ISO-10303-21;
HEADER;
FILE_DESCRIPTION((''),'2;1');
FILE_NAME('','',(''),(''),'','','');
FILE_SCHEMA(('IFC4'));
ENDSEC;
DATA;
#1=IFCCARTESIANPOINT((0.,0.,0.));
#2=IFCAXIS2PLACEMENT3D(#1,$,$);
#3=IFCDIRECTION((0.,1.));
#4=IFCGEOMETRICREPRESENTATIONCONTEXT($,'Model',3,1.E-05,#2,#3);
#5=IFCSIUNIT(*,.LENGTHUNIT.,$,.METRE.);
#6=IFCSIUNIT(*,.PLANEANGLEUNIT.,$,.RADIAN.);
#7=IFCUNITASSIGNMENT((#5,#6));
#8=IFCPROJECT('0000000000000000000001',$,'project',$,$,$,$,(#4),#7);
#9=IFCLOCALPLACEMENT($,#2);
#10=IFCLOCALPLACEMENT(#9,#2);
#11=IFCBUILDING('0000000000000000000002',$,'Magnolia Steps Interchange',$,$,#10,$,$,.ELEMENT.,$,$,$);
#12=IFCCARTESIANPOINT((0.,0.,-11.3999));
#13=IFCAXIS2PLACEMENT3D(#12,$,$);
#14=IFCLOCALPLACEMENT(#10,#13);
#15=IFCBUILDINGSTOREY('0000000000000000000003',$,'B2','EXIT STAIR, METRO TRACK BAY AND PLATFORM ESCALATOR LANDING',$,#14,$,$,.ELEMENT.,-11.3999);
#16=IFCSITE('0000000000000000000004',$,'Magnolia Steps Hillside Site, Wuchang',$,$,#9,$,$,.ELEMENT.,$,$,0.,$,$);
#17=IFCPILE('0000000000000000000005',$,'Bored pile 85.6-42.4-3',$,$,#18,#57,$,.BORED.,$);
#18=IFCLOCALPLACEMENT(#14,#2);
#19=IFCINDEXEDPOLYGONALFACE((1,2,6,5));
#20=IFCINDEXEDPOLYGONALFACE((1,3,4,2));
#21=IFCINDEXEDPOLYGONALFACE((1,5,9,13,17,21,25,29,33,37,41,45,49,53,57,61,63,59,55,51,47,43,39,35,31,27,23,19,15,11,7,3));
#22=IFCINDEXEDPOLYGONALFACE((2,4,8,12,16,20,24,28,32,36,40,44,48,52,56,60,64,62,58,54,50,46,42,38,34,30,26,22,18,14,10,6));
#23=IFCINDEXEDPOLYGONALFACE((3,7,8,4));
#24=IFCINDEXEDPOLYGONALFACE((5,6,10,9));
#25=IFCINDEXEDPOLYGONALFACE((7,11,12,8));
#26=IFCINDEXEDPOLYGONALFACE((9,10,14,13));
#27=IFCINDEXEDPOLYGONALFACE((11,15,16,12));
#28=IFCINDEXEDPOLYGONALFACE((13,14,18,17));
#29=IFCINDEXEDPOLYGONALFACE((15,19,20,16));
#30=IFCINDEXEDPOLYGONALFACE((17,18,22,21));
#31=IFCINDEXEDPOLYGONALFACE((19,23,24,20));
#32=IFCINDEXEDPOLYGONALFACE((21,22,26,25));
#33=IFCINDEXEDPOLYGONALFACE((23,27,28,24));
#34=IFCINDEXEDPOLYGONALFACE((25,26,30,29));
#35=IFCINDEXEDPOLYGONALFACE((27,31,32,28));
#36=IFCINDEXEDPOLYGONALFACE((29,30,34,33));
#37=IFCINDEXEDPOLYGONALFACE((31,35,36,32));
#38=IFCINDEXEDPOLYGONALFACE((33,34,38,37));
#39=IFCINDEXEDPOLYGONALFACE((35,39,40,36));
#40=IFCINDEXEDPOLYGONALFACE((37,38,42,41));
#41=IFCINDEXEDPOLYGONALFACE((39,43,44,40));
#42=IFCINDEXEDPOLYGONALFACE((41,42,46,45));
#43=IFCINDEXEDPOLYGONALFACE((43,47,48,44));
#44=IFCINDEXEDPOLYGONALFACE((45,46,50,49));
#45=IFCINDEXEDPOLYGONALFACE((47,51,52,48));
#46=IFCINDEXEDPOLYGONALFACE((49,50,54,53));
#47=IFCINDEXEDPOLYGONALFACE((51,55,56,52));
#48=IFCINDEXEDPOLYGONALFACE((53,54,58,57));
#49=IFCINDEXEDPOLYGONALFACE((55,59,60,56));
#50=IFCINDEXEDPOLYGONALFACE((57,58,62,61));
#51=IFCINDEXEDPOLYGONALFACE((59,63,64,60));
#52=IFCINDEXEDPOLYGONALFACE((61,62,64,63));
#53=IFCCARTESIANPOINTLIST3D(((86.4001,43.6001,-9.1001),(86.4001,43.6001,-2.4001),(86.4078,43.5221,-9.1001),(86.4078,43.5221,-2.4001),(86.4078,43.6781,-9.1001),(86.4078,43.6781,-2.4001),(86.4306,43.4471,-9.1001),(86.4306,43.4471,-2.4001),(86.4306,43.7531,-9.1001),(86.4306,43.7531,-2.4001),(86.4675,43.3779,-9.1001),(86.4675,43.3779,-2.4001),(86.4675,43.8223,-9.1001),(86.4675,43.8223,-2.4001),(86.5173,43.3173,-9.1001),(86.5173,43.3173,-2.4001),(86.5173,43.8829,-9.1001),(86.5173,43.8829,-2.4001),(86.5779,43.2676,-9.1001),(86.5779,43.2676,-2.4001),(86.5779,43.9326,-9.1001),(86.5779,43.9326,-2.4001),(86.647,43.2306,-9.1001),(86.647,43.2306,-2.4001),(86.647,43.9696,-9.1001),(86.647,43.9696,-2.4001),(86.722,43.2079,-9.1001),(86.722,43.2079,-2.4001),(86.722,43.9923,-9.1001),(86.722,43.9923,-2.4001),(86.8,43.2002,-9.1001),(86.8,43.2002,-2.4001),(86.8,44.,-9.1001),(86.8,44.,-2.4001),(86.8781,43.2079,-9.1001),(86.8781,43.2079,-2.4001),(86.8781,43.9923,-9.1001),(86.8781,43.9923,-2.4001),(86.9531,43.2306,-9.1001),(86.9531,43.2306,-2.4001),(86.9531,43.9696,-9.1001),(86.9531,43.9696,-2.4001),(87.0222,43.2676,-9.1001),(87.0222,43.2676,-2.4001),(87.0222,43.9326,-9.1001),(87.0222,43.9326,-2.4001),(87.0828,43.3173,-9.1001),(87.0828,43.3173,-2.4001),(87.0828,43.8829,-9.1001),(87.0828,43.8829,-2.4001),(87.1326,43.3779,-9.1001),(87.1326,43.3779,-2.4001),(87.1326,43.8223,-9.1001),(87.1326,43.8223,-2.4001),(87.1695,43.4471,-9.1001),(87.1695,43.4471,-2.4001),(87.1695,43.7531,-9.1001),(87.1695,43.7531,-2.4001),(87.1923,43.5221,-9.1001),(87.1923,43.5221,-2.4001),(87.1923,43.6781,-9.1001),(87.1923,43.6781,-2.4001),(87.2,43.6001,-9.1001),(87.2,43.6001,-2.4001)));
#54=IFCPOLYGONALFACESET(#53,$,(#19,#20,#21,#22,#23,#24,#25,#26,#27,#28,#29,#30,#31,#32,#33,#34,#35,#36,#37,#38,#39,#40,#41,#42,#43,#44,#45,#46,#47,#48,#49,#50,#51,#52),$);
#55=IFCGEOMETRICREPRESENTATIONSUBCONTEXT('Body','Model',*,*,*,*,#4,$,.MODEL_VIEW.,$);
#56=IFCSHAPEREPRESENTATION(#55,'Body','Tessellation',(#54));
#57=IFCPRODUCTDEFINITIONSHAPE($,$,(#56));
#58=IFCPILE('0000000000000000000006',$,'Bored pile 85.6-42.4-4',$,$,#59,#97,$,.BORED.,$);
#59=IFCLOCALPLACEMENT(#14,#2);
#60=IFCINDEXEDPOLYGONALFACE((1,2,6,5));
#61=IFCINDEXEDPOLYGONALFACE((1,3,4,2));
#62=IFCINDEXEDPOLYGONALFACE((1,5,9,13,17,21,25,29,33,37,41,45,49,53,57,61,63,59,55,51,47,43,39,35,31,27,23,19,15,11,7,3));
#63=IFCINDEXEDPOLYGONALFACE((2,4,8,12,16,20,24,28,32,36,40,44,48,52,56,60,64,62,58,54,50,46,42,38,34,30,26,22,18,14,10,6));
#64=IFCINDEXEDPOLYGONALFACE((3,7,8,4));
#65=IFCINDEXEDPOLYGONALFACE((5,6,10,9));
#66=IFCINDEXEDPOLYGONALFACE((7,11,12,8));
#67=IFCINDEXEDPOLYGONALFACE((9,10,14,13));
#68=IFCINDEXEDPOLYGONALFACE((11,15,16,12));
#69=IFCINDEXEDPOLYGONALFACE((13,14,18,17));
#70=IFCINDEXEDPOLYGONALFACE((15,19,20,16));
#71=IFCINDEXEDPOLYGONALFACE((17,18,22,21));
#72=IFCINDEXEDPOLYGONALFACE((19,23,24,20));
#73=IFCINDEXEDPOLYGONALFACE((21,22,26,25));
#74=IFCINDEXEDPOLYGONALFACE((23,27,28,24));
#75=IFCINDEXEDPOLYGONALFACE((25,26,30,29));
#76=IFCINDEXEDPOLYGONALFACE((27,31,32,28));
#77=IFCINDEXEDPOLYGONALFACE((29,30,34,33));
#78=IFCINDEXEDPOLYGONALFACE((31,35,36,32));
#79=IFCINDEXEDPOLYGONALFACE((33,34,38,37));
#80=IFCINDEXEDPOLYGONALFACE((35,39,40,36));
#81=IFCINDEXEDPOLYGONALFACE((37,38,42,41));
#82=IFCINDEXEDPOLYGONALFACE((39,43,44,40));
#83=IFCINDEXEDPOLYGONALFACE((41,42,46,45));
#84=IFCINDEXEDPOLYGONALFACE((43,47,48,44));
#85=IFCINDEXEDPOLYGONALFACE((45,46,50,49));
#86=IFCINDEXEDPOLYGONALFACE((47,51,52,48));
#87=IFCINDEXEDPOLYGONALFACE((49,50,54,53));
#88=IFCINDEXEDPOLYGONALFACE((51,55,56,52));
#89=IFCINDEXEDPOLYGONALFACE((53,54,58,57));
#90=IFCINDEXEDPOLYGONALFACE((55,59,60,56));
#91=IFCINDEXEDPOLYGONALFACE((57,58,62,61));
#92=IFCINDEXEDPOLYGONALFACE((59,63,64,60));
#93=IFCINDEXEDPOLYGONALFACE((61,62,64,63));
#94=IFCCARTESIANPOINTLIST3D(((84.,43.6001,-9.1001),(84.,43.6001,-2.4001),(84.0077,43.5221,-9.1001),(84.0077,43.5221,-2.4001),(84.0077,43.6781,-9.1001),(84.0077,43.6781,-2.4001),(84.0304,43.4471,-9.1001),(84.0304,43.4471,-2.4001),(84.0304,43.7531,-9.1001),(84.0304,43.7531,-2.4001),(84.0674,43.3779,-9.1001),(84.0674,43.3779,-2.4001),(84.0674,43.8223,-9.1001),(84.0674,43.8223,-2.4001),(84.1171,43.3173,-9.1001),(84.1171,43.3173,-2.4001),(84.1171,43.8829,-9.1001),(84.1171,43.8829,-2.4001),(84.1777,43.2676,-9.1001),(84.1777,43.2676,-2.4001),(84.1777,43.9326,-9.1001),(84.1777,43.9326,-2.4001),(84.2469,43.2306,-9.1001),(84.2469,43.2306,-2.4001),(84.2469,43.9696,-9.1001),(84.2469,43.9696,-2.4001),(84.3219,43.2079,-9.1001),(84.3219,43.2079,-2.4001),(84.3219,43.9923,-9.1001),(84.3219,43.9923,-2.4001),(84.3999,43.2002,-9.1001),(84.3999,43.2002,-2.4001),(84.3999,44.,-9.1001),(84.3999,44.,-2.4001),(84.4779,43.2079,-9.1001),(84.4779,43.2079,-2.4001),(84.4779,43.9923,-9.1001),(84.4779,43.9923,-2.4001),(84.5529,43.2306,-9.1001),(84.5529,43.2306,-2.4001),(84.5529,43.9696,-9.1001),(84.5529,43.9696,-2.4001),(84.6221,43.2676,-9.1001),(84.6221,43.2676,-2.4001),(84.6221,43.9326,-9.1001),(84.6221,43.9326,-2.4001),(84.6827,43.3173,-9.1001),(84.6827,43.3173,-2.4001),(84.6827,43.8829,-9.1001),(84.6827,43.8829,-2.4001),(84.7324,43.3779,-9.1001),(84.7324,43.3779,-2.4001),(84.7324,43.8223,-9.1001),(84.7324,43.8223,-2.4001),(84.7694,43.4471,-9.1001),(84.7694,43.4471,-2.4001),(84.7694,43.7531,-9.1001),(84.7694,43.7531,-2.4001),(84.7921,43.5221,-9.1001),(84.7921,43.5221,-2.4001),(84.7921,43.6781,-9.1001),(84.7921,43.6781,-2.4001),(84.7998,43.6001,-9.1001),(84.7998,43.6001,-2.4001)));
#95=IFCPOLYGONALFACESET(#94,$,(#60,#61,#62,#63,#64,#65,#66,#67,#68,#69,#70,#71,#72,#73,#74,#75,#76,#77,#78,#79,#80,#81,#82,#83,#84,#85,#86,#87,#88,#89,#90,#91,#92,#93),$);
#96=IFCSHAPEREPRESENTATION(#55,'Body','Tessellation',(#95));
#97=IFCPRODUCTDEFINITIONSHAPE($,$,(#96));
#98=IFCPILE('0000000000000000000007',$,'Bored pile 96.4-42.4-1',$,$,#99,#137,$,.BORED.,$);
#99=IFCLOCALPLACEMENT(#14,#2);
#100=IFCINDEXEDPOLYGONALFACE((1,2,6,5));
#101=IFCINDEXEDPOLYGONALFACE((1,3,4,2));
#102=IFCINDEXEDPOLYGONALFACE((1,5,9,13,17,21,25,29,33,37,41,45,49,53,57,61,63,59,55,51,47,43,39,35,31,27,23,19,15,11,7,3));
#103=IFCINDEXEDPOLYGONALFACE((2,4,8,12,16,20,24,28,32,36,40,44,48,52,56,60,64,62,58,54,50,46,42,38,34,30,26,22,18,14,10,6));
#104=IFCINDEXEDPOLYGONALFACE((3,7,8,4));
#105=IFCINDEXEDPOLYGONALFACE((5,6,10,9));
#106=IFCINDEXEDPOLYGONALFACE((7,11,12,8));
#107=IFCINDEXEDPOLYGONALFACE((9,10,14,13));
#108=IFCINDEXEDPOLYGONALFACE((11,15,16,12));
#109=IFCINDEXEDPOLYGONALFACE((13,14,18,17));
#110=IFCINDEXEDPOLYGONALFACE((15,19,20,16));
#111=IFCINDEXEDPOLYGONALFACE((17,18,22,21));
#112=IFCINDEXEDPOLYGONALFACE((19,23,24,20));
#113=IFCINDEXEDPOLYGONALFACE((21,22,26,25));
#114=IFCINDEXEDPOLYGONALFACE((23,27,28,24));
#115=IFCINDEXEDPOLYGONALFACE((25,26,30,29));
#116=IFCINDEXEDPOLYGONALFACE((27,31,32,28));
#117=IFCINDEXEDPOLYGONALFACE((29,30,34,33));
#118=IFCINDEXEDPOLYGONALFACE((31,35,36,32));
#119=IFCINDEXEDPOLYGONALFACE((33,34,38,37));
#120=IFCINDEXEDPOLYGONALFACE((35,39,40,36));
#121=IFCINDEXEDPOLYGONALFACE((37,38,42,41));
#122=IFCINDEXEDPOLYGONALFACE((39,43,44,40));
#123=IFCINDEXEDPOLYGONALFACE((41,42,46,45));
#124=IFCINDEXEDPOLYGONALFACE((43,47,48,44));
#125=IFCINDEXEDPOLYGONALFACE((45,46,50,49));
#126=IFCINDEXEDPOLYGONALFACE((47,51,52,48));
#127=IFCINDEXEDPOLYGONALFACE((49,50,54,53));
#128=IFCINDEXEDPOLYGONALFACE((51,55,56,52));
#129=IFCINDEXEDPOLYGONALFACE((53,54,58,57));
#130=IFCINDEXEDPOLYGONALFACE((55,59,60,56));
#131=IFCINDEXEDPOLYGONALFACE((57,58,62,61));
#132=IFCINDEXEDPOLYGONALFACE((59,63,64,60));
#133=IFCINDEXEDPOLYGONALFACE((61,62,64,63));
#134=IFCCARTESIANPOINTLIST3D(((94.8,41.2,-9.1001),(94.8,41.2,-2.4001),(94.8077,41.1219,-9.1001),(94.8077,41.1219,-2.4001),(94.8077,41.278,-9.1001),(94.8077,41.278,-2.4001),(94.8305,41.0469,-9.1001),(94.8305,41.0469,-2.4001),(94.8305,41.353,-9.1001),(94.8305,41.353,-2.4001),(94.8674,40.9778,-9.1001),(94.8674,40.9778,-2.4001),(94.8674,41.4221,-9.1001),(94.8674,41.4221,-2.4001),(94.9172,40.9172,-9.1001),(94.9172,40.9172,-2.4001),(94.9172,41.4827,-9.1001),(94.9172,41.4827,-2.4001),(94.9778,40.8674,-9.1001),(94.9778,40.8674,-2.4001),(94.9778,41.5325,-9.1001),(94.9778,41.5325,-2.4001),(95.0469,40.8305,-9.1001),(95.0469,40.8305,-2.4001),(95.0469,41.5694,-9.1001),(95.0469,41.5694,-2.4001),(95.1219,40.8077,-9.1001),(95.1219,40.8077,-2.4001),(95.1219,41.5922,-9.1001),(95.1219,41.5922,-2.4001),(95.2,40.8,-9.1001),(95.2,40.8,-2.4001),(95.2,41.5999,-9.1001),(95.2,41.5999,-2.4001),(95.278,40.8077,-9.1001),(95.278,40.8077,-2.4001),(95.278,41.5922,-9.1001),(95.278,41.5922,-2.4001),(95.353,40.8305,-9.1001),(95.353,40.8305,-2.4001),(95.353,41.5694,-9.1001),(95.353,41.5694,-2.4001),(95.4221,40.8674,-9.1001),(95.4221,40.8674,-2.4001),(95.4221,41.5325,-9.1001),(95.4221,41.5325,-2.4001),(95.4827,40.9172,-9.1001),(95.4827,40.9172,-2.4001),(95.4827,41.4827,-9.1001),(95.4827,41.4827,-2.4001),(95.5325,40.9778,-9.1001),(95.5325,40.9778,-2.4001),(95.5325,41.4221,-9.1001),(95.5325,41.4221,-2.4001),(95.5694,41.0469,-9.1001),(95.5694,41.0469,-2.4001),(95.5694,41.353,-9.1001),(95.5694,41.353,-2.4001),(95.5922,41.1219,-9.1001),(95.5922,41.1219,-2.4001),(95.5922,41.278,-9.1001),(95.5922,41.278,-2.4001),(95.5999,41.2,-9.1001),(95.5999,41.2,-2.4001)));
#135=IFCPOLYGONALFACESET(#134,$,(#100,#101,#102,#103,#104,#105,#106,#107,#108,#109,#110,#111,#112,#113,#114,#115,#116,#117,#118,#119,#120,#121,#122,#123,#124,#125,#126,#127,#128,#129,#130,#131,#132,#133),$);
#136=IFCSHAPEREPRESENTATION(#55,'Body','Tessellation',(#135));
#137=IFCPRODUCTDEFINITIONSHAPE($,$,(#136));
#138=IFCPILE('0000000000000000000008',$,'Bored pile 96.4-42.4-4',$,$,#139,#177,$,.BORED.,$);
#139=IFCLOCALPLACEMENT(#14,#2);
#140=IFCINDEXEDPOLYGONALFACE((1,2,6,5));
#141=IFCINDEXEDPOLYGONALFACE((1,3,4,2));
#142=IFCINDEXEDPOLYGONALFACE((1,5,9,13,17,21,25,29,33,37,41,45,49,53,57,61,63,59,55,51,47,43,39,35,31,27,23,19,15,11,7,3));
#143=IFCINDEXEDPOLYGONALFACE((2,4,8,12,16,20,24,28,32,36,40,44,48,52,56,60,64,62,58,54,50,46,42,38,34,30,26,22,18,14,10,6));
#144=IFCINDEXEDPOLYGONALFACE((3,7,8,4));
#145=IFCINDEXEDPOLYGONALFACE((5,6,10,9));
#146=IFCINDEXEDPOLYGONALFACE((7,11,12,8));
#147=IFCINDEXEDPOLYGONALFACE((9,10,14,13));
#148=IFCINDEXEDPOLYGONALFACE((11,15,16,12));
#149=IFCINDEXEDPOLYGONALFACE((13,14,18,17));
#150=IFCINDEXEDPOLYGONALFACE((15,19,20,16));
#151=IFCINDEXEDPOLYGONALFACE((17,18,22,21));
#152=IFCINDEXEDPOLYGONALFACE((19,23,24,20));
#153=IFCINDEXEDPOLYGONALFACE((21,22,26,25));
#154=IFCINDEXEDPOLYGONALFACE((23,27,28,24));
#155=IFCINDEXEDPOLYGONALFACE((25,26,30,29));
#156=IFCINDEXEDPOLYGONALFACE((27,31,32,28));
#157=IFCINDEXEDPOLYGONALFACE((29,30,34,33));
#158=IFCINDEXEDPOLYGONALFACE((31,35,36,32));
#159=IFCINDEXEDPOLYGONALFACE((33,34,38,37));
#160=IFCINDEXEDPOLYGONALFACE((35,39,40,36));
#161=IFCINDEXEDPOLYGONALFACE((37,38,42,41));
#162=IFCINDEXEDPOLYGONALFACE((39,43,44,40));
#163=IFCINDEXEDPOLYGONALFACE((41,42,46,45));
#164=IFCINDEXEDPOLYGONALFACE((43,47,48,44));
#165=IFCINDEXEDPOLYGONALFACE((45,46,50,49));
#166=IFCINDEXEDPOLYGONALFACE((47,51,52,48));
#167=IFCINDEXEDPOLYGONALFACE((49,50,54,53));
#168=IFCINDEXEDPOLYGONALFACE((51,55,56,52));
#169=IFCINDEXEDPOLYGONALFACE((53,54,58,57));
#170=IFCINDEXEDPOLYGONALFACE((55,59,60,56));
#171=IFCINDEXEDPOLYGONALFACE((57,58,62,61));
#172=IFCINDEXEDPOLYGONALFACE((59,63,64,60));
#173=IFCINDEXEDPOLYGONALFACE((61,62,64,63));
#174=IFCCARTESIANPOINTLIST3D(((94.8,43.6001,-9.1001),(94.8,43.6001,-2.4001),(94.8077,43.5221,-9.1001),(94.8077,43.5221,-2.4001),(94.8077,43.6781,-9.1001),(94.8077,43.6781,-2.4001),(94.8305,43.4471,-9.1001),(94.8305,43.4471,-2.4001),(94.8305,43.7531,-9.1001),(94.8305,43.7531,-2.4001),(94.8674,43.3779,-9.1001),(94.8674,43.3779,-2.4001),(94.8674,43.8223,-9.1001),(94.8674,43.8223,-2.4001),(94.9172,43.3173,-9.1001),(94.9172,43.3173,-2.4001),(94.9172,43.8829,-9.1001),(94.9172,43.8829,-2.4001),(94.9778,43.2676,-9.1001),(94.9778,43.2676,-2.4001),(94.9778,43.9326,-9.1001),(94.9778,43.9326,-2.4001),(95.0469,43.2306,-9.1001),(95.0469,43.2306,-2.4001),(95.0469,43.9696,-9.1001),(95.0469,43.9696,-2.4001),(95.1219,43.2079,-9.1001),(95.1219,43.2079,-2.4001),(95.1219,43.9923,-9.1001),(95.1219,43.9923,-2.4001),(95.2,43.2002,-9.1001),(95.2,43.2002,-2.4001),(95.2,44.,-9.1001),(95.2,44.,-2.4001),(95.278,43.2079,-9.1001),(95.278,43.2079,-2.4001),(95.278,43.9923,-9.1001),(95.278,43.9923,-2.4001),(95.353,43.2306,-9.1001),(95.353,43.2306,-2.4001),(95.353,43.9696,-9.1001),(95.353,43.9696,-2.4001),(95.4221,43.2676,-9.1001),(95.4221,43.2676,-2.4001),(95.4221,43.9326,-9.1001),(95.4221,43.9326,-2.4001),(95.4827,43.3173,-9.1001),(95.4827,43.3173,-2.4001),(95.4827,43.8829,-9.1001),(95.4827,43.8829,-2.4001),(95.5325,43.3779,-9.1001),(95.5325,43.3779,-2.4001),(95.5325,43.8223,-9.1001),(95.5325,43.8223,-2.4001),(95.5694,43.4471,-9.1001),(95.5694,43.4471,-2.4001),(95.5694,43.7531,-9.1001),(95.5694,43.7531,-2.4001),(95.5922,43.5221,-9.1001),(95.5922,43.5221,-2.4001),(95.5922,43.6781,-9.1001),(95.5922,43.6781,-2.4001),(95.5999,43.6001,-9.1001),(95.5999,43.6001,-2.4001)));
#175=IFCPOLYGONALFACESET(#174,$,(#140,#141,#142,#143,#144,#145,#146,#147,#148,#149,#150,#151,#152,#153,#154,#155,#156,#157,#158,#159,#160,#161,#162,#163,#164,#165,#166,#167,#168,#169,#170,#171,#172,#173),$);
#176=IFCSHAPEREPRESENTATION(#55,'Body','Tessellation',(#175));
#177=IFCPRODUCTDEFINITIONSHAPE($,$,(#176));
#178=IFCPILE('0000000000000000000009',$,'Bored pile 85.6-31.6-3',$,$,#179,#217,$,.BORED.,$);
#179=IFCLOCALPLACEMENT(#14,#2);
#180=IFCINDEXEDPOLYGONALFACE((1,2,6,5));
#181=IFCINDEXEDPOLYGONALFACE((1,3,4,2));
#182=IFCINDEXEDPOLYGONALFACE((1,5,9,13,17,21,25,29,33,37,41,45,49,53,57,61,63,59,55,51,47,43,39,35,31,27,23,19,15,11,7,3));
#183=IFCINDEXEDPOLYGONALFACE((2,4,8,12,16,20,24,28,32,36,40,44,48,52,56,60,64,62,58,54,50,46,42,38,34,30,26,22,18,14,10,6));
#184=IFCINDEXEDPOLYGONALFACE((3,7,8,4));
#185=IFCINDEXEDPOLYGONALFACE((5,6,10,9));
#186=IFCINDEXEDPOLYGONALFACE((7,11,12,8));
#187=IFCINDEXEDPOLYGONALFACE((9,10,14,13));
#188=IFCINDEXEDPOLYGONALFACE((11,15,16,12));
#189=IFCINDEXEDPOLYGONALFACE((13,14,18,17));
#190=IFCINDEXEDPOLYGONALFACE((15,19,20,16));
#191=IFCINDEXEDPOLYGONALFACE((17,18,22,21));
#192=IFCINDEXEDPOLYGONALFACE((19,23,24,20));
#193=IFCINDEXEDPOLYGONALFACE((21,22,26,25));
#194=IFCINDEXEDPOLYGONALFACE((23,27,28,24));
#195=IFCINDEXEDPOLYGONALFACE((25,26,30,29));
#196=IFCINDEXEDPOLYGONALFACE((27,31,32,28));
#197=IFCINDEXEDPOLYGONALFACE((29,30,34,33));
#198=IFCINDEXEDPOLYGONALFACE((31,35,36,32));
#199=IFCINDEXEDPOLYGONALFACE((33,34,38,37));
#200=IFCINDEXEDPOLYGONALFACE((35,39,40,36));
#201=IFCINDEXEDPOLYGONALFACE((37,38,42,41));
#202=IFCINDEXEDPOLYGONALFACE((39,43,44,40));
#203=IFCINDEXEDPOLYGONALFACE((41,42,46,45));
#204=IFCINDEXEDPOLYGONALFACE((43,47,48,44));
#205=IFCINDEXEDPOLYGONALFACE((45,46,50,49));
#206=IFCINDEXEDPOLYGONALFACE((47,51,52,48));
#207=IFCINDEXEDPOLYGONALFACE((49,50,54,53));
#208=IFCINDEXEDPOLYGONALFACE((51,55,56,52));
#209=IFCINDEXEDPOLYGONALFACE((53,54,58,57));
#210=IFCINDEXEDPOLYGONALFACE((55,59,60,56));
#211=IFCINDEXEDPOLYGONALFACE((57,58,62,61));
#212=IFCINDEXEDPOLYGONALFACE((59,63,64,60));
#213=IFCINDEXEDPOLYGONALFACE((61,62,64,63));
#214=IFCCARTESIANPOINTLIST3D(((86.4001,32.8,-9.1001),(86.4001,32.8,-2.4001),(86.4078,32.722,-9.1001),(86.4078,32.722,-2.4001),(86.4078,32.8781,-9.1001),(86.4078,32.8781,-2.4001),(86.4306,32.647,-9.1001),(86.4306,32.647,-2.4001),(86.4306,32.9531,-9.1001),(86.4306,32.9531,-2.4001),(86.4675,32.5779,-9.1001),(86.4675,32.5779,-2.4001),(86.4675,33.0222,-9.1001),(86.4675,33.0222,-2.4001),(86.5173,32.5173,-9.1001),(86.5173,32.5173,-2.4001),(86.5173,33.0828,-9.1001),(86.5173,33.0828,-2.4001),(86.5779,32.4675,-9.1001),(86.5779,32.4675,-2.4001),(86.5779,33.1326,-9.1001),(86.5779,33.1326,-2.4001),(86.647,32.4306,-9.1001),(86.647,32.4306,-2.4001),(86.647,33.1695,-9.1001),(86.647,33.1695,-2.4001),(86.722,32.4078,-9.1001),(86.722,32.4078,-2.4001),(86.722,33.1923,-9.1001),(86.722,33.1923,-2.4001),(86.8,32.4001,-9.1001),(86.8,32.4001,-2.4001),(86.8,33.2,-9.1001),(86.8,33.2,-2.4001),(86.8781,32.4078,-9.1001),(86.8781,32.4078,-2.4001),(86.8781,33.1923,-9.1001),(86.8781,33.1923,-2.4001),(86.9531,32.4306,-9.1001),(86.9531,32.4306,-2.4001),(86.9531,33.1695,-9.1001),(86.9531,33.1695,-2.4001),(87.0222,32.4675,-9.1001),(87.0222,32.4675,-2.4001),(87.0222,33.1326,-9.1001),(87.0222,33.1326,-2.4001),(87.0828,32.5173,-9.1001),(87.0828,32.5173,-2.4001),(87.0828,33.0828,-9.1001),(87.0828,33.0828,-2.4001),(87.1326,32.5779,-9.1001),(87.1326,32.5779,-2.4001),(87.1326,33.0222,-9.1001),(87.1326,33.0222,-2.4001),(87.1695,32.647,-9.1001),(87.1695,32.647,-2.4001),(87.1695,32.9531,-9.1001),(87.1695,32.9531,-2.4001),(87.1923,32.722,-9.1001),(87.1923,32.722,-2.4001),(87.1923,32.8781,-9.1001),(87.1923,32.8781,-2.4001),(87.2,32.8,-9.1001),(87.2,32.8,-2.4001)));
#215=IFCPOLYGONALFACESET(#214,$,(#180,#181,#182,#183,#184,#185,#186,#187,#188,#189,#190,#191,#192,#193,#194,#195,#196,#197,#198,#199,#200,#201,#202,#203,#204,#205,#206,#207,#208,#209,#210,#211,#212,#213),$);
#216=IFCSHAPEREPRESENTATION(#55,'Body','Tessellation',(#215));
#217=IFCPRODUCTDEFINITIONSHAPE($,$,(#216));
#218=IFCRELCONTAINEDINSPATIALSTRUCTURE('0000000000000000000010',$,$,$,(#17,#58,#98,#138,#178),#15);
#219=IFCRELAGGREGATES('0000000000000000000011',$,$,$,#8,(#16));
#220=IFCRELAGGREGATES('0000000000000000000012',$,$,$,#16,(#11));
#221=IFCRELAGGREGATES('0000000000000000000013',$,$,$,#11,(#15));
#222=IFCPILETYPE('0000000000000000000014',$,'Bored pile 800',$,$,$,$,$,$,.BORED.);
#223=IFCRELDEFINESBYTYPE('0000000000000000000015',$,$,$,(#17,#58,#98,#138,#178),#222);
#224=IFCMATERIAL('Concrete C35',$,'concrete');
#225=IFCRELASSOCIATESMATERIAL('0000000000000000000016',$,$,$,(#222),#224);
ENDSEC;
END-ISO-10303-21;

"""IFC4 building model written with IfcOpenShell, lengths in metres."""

from ifc_helpers import new_model, si_unit, direction, frame, origin, origin_2d, place, context, subcontext, project, spatial, circle, extrude, material, material_profile, profile_set, type_object, element, save


model = new_model("IFC4")

# Units and contexts
model_context = context("Model", 3, precision=1e-05, world=origin(), true_north=direction((0.0, 1.0)))
body_context = subcontext(model_context, "Body", "Model", "MODEL_VIEW")
ifc_project = project(units=[si_unit("LENGTHUNIT", "METRE"), si_unit("PLANEANGLEUNIT", "RADIAN")], contexts=[model_context])

# Site, building, storey
site_placement = place(None, origin())
site = spatial("IfcSite", under=ifc_project, at=site_placement, Name="Magnolia Steps Hillside Site, Wuchang", CompositionType="ELEMENT", RefElevation=0.0)
building_placement = place(site_placement, origin())
building = spatial("IfcBuilding", under=site, at=building_placement, Name="Magnolia Steps Interchange", CompositionType="ELEMENT")
storey_placement = place(building_placement, frame((0.0, 0.0, -11.3999)))
storey = spatial("IfcBuildingStorey", under=building, at=storey_placement, Name="B2", Description="EXIT STAIR, METRO TRACK BAY AND PLATFORM ESCALATOR LANDING", CompositionType="ELEMENT", Elevation=-11.3999)

# Piles
ifc_material_1 = material(Name="Concrete C35", Category="concrete")
ifc_material_profile_1 = material_profile(ifc_material_1, circle(Radius=0.3999, at=origin_2d()), Name="Bored pile 800")
ifc_profile_set_1 = profile_set([ifc_material_profile_1], Name="Concrete C35")
pile_type_1 = type_object("IfcPileType", Name="Bored pile 800", PredefinedType="BORED", material=ifc_profile_set_1)
for number, where, z_axis, x_axis, name in (
    (1, (86.8, 43.6001, -2.4001), (0.0, 0.0, -1.0), (1.0, 0.0, 0.0), "Bored pile 85.6-42.4-3"),
    (2, (84.3999, 43.6001, -2.4001), (0.0, 0.0, -1.0), (1.0, 0.0, 0.0), "Bored pile 85.6-42.4-4"),
    (3, (95.2, 41.2, -2.4001), (0.0, 0.0, -1.0), (1.0, 0.0, 0.0), "Bored pile 96.4-42.4-1"),
    (4, (95.2, 43.6001, -2.4001), (0.0, 0.0, -1.0), (1.0, 0.0, 0.0), "Bored pile 96.4-42.4-4"),
    (5, (86.8, 32.8, -2.4001), (0.0, 0.0, -1.0), (1.0, 0.0, 0.0), "Bored pile 85.6-31.6-3"),
):
    element("IfcPile", number, at=place(storey_placement, frame(where, z_axis=z_axis, x_axis=x_axis)), inside=storey, type_object=pile_type_1, Name=name, PredefinedType="BORED", context=body_context, shape_type="SweptSolid", body=[
        extrude(circle(Radius=0.3999, at=origin_2d()), origin(), (0.0, 0.0, 1.0), 6.7),
    ])

save(model, "model.ifc")
